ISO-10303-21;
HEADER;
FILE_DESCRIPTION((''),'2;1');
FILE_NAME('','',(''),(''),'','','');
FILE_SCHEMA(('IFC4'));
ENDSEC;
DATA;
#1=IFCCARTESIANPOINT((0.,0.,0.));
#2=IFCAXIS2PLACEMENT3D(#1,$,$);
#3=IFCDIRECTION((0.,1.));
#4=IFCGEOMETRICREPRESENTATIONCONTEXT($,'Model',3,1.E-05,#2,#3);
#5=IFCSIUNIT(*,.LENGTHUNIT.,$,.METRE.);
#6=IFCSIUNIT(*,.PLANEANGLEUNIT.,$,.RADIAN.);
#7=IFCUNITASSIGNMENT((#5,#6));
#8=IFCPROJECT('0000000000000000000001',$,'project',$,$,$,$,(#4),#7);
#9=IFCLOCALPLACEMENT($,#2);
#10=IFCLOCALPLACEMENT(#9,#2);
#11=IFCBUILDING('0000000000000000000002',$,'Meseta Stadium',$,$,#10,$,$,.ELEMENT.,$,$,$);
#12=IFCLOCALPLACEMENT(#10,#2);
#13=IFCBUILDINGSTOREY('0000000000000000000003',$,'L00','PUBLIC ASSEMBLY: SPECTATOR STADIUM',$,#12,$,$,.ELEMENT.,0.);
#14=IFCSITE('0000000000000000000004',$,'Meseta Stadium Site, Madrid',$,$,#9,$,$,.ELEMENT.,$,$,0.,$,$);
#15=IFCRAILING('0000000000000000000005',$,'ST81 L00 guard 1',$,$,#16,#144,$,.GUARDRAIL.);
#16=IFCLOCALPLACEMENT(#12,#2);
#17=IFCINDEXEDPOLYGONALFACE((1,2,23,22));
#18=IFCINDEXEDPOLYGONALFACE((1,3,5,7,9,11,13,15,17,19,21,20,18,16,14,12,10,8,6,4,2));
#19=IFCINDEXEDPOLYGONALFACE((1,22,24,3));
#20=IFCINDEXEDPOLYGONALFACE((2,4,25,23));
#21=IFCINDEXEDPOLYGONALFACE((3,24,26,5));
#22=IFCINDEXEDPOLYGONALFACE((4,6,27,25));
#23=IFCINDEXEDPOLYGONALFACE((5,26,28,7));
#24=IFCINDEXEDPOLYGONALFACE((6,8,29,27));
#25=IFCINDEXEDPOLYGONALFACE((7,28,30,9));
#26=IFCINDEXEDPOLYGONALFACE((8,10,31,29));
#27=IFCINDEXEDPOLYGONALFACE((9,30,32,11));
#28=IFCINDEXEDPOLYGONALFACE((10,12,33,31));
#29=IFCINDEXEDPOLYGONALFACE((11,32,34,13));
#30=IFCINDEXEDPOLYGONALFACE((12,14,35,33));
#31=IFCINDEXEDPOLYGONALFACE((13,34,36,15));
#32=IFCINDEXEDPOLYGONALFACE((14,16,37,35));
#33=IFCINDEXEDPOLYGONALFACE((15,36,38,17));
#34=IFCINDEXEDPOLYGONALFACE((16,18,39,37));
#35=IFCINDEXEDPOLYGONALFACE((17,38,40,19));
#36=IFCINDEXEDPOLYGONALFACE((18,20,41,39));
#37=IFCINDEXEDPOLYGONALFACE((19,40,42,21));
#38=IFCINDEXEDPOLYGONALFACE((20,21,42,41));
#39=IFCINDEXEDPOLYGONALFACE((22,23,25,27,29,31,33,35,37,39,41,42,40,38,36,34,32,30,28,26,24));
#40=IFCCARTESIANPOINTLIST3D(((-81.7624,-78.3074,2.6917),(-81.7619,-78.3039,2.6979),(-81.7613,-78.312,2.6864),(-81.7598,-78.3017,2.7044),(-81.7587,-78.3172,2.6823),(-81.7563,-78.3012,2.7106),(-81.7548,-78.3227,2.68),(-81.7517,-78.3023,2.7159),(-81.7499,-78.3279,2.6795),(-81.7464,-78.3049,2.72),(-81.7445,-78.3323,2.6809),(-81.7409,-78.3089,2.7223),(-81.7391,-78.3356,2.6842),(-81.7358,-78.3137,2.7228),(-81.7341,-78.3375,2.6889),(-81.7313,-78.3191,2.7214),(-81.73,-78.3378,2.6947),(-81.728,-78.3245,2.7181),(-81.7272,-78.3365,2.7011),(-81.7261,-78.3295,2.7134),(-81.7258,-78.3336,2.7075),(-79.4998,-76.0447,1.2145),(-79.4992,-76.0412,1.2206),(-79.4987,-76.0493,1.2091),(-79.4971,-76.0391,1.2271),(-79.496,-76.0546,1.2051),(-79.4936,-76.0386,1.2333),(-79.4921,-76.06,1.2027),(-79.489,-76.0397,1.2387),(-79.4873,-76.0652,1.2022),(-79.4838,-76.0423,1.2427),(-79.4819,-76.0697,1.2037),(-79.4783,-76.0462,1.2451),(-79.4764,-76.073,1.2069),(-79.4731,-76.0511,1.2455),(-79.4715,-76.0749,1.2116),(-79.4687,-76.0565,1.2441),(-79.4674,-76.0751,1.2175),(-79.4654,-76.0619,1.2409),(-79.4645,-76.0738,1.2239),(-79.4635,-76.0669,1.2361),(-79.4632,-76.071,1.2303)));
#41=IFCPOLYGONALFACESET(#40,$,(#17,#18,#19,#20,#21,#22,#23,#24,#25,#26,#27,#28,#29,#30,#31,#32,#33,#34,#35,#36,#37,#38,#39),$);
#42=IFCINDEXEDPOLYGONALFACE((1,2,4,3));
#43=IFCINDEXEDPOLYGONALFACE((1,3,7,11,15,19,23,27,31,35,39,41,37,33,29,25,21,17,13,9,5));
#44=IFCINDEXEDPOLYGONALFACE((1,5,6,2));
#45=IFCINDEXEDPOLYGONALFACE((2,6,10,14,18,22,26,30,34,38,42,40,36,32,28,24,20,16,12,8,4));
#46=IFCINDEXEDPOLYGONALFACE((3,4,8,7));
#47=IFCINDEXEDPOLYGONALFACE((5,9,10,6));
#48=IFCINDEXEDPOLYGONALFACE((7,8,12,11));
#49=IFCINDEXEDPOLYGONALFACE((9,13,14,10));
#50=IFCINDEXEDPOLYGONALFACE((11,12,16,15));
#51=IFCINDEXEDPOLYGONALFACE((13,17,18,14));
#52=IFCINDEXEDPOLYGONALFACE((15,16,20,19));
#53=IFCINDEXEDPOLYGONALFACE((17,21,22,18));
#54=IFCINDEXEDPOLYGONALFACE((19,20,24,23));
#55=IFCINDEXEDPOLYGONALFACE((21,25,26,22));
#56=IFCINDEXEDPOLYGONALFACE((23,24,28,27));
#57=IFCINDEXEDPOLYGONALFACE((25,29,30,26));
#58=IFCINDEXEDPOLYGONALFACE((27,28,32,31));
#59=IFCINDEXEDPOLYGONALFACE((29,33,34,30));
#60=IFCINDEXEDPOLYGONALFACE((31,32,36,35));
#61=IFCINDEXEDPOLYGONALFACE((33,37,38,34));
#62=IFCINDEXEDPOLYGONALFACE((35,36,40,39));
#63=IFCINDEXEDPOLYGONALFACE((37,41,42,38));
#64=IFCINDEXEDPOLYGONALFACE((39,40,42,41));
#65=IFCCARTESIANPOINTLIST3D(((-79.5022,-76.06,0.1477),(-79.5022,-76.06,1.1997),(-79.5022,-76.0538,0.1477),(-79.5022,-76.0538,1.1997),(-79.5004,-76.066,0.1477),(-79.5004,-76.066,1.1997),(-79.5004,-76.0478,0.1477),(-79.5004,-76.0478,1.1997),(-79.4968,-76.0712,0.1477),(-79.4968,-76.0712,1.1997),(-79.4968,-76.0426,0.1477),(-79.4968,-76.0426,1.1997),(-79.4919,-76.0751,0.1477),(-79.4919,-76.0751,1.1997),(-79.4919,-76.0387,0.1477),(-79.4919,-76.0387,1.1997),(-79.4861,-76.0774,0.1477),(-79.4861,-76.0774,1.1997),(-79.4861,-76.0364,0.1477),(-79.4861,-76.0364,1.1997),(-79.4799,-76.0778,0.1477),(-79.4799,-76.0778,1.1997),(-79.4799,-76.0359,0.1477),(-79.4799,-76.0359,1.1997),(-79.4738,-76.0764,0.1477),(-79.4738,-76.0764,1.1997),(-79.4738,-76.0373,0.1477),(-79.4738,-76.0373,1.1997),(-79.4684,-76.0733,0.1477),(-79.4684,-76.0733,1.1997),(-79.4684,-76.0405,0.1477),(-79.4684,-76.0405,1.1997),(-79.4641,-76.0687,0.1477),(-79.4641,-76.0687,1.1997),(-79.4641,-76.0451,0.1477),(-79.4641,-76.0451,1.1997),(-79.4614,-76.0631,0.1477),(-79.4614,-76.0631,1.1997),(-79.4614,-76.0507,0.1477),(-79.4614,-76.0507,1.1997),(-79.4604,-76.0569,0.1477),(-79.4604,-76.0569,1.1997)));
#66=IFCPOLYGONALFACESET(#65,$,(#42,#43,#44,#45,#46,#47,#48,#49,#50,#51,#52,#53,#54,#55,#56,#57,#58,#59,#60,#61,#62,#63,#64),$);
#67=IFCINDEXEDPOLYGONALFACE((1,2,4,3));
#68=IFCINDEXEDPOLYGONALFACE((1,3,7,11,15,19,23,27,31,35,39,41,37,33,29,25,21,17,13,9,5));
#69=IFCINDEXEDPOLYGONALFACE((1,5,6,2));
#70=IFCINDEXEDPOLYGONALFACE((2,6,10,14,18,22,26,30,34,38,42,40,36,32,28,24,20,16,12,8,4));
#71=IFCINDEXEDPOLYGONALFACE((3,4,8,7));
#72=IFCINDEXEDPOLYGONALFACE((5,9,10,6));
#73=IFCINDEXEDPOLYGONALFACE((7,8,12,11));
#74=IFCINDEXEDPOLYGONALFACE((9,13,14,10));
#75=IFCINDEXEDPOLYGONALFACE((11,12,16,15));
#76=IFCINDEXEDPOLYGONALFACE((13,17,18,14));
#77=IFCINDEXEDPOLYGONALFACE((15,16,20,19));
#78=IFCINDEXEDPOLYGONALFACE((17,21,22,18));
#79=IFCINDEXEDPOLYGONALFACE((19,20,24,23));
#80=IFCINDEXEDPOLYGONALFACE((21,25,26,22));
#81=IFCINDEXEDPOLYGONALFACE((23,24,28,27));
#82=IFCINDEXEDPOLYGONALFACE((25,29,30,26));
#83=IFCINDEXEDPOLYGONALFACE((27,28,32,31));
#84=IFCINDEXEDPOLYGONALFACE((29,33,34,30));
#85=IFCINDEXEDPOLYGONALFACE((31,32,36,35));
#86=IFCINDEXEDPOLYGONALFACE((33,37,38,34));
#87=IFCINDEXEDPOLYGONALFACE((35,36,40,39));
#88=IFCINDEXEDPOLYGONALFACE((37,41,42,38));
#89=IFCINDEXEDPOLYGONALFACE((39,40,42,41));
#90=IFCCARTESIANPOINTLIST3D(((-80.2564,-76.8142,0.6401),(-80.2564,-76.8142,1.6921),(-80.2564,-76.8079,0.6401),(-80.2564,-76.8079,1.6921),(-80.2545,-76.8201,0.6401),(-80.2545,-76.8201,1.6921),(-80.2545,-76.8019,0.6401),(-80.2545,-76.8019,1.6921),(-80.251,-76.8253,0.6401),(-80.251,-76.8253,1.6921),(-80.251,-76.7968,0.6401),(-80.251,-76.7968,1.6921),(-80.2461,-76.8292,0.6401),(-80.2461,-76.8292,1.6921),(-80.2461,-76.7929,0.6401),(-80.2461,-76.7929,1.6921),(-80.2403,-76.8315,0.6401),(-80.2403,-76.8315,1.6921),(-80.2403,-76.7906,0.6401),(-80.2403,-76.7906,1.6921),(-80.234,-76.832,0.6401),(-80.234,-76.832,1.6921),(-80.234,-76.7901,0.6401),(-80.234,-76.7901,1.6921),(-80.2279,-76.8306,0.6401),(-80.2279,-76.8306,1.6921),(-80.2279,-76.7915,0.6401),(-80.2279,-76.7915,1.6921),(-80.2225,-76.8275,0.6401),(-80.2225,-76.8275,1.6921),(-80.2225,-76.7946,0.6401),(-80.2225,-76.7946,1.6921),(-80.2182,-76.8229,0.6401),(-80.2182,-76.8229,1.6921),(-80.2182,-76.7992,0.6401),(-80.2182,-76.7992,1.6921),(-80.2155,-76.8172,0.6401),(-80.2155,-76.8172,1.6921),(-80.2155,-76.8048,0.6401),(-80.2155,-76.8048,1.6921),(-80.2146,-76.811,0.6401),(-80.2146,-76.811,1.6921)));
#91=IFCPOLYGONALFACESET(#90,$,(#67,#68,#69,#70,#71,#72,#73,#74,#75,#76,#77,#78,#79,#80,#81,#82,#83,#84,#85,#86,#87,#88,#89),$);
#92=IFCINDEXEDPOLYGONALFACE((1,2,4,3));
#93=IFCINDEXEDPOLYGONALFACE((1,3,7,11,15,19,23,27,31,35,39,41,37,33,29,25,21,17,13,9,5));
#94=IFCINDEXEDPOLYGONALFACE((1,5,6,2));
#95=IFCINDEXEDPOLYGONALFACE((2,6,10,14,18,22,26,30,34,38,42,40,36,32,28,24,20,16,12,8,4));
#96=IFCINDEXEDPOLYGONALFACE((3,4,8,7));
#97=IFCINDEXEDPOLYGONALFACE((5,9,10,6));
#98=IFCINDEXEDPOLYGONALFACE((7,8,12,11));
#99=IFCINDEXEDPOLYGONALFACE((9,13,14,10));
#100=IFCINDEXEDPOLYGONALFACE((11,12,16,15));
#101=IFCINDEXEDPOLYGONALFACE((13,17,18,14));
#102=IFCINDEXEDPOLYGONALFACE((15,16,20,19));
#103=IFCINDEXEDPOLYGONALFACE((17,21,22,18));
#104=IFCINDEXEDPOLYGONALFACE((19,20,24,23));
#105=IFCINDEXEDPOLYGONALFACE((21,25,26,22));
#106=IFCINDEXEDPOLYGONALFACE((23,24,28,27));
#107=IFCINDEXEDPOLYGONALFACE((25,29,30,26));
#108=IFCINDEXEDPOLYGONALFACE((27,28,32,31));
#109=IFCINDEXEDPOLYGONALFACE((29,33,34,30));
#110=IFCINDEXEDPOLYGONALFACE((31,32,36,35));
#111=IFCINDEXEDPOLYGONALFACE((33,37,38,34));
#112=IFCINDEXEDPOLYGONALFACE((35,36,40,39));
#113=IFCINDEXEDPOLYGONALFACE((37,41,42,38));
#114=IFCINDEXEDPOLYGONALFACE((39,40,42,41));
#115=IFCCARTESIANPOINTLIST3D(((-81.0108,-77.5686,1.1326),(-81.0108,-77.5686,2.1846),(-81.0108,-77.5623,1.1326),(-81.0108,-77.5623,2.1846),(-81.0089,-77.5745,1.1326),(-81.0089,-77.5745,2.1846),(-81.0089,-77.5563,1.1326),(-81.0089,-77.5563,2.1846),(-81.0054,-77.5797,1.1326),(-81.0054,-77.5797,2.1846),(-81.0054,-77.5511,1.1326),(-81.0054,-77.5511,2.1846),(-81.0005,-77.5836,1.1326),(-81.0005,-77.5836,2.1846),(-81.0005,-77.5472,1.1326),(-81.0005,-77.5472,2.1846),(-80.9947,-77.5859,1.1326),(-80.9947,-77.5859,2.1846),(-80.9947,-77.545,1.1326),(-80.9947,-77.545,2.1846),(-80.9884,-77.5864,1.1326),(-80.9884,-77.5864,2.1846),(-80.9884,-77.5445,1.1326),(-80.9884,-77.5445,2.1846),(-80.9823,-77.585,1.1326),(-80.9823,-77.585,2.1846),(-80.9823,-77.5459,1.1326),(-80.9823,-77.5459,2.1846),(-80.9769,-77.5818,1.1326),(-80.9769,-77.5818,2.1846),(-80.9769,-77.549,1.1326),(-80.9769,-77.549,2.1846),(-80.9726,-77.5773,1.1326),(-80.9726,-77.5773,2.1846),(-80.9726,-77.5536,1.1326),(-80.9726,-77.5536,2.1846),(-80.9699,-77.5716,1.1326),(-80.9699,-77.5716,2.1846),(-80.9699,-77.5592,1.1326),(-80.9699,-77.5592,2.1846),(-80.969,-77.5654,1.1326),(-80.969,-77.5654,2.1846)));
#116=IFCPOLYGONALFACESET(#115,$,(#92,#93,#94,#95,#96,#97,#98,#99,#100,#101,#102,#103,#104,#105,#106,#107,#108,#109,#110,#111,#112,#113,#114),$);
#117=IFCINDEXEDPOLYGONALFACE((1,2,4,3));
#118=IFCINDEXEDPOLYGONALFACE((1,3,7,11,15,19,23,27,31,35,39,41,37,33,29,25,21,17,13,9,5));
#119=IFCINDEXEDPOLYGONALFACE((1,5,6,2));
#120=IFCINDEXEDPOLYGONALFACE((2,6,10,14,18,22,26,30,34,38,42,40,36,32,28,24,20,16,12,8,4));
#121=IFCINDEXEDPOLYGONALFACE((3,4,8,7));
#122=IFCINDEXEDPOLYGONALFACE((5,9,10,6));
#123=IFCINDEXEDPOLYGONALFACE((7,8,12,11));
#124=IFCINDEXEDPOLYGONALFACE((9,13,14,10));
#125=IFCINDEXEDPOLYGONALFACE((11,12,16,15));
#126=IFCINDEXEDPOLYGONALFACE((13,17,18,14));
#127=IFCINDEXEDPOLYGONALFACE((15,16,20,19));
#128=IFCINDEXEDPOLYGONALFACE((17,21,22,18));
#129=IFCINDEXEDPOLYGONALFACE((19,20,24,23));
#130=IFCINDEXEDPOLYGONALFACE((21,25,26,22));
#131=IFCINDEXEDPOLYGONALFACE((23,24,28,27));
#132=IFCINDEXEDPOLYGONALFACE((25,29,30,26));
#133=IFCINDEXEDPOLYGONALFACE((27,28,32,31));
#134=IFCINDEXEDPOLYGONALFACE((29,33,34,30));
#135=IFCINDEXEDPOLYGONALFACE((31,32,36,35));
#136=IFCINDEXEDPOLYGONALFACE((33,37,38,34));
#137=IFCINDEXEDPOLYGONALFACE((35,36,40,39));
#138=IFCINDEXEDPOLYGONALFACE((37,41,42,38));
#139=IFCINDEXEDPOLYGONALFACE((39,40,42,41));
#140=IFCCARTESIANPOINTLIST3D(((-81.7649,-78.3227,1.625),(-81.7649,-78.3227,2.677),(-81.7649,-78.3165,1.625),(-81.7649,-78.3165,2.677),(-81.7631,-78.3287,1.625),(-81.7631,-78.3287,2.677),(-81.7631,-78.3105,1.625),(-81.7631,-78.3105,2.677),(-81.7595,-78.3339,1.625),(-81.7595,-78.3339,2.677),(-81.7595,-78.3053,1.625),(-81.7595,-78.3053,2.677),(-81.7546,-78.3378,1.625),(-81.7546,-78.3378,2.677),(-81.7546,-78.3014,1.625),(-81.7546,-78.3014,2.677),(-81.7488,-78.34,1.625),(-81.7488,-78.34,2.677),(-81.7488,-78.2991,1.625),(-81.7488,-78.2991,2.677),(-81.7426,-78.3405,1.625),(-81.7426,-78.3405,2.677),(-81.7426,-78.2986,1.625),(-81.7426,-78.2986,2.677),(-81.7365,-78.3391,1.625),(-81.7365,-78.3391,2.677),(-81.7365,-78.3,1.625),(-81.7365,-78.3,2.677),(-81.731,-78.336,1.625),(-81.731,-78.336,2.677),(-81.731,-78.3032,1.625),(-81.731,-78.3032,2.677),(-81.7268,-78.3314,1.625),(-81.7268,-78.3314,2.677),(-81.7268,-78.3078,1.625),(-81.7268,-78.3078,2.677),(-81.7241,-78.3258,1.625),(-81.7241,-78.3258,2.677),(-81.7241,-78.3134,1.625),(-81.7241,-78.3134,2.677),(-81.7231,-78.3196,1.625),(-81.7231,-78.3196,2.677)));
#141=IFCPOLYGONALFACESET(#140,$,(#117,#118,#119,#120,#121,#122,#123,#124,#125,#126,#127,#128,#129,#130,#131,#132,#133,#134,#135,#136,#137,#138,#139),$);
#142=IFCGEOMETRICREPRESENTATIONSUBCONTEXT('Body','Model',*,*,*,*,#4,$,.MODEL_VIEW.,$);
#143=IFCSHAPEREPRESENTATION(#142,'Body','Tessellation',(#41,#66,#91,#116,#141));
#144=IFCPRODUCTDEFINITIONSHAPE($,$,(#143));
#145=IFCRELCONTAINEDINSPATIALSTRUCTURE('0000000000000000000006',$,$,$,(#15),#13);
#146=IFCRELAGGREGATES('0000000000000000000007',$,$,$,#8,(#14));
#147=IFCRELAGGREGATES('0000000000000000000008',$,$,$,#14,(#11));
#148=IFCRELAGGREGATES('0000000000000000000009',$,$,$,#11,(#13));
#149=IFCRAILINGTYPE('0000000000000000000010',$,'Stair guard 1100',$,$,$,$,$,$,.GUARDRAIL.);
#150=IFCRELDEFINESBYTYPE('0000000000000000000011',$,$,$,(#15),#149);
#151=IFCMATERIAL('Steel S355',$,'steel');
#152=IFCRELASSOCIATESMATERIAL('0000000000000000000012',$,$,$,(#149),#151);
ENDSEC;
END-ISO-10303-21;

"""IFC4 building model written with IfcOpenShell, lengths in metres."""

from ifc_helpers import new_model, si_unit, direction, frame, origin, origin_2d, place, context, subcontext, project, spatial, circle, extrude, material, type_object, element, save


model = new_model("IFC4")

# Units and contexts
model_context = context("Model", 3, precision=1e-05, world=origin(), true_north=direction((0.0, 1.0)))
body_context = subcontext(model_context, "Body", "Model", "MODEL_VIEW")
ifc_project = project(units=[si_unit("LENGTHUNIT", "METRE"), si_unit("PLANEANGLEUNIT", "RADIAN")], contexts=[model_context])

# Site, building, storey
site_placement = place(None, origin())
site = spatial("IfcSite", under=ifc_project, at=site_placement, Name="Meseta Stadium Site, Madrid", CompositionType="ELEMENT", RefElevation=0.0)
building_placement = place(site_placement, origin())
building = spatial("IfcBuilding", under=site, at=building_placement, Name="Meseta Stadium", CompositionType="ELEMENT")
storey_placement = place(building_placement, origin())
storey = spatial("IfcBuildingStorey", under=building, at=storey_placement, Name="L00", Description="PUBLIC ASSEMBLY: SPECTATOR STADIUM", CompositionType="ELEMENT", Elevation=0.0)

# Railing
ifc_material_1 = material(Name="Steel S355", Category="steel")
railing_type_1 = type_object("IfcRailingType", Name="Stair guard 1100", PredefinedType="GUARDRAIL", material=ifc_material_1)
railing_1_placement = place(storey_placement, frame((-79.4814, -76.0569, 0.1477)))
element("IfcRailing", 1, at=railing_1_placement, inside=storey, type_object=railing_type_1, Name="ST81 L00 guard 1", PredefinedType="GUARDRAIL", context=body_context, shape_type="SweptSolid", body=[
    extrude(circle(Radius=0.0239, at=origin_2d()), frame((0.0, 0.0, 1.0762), z_axis=(-0.641994, -0.641994, 0.419152), x_axis=(0.707107, -0.707107, 0.0)), (0.0, 0.0, 1.0), 3.5244),
    extrude(circle(Radius=0.021, at=origin_2d()), origin(), (0.0, 0.0, 1.0), 1.052),
    extrude(circle(Radius=0.021, at=origin_2d()), frame((-0.7542, -0.7542, 0.4924)), (0.0, 0.0, 1.0), 1.052),
    extrude(circle(Radius=0.021, at=origin_2d()), frame((-1.5085, -1.5085, 0.9849)), (0.0, 0.0, 1.0), 1.052),
    extrude(circle(Radius=0.021, at=origin_2d()), frame((-2.2627, -2.2627, 1.4773)), (0.0, 0.0, 1.0), 1.052),
])

save(model, "model.ifc")
